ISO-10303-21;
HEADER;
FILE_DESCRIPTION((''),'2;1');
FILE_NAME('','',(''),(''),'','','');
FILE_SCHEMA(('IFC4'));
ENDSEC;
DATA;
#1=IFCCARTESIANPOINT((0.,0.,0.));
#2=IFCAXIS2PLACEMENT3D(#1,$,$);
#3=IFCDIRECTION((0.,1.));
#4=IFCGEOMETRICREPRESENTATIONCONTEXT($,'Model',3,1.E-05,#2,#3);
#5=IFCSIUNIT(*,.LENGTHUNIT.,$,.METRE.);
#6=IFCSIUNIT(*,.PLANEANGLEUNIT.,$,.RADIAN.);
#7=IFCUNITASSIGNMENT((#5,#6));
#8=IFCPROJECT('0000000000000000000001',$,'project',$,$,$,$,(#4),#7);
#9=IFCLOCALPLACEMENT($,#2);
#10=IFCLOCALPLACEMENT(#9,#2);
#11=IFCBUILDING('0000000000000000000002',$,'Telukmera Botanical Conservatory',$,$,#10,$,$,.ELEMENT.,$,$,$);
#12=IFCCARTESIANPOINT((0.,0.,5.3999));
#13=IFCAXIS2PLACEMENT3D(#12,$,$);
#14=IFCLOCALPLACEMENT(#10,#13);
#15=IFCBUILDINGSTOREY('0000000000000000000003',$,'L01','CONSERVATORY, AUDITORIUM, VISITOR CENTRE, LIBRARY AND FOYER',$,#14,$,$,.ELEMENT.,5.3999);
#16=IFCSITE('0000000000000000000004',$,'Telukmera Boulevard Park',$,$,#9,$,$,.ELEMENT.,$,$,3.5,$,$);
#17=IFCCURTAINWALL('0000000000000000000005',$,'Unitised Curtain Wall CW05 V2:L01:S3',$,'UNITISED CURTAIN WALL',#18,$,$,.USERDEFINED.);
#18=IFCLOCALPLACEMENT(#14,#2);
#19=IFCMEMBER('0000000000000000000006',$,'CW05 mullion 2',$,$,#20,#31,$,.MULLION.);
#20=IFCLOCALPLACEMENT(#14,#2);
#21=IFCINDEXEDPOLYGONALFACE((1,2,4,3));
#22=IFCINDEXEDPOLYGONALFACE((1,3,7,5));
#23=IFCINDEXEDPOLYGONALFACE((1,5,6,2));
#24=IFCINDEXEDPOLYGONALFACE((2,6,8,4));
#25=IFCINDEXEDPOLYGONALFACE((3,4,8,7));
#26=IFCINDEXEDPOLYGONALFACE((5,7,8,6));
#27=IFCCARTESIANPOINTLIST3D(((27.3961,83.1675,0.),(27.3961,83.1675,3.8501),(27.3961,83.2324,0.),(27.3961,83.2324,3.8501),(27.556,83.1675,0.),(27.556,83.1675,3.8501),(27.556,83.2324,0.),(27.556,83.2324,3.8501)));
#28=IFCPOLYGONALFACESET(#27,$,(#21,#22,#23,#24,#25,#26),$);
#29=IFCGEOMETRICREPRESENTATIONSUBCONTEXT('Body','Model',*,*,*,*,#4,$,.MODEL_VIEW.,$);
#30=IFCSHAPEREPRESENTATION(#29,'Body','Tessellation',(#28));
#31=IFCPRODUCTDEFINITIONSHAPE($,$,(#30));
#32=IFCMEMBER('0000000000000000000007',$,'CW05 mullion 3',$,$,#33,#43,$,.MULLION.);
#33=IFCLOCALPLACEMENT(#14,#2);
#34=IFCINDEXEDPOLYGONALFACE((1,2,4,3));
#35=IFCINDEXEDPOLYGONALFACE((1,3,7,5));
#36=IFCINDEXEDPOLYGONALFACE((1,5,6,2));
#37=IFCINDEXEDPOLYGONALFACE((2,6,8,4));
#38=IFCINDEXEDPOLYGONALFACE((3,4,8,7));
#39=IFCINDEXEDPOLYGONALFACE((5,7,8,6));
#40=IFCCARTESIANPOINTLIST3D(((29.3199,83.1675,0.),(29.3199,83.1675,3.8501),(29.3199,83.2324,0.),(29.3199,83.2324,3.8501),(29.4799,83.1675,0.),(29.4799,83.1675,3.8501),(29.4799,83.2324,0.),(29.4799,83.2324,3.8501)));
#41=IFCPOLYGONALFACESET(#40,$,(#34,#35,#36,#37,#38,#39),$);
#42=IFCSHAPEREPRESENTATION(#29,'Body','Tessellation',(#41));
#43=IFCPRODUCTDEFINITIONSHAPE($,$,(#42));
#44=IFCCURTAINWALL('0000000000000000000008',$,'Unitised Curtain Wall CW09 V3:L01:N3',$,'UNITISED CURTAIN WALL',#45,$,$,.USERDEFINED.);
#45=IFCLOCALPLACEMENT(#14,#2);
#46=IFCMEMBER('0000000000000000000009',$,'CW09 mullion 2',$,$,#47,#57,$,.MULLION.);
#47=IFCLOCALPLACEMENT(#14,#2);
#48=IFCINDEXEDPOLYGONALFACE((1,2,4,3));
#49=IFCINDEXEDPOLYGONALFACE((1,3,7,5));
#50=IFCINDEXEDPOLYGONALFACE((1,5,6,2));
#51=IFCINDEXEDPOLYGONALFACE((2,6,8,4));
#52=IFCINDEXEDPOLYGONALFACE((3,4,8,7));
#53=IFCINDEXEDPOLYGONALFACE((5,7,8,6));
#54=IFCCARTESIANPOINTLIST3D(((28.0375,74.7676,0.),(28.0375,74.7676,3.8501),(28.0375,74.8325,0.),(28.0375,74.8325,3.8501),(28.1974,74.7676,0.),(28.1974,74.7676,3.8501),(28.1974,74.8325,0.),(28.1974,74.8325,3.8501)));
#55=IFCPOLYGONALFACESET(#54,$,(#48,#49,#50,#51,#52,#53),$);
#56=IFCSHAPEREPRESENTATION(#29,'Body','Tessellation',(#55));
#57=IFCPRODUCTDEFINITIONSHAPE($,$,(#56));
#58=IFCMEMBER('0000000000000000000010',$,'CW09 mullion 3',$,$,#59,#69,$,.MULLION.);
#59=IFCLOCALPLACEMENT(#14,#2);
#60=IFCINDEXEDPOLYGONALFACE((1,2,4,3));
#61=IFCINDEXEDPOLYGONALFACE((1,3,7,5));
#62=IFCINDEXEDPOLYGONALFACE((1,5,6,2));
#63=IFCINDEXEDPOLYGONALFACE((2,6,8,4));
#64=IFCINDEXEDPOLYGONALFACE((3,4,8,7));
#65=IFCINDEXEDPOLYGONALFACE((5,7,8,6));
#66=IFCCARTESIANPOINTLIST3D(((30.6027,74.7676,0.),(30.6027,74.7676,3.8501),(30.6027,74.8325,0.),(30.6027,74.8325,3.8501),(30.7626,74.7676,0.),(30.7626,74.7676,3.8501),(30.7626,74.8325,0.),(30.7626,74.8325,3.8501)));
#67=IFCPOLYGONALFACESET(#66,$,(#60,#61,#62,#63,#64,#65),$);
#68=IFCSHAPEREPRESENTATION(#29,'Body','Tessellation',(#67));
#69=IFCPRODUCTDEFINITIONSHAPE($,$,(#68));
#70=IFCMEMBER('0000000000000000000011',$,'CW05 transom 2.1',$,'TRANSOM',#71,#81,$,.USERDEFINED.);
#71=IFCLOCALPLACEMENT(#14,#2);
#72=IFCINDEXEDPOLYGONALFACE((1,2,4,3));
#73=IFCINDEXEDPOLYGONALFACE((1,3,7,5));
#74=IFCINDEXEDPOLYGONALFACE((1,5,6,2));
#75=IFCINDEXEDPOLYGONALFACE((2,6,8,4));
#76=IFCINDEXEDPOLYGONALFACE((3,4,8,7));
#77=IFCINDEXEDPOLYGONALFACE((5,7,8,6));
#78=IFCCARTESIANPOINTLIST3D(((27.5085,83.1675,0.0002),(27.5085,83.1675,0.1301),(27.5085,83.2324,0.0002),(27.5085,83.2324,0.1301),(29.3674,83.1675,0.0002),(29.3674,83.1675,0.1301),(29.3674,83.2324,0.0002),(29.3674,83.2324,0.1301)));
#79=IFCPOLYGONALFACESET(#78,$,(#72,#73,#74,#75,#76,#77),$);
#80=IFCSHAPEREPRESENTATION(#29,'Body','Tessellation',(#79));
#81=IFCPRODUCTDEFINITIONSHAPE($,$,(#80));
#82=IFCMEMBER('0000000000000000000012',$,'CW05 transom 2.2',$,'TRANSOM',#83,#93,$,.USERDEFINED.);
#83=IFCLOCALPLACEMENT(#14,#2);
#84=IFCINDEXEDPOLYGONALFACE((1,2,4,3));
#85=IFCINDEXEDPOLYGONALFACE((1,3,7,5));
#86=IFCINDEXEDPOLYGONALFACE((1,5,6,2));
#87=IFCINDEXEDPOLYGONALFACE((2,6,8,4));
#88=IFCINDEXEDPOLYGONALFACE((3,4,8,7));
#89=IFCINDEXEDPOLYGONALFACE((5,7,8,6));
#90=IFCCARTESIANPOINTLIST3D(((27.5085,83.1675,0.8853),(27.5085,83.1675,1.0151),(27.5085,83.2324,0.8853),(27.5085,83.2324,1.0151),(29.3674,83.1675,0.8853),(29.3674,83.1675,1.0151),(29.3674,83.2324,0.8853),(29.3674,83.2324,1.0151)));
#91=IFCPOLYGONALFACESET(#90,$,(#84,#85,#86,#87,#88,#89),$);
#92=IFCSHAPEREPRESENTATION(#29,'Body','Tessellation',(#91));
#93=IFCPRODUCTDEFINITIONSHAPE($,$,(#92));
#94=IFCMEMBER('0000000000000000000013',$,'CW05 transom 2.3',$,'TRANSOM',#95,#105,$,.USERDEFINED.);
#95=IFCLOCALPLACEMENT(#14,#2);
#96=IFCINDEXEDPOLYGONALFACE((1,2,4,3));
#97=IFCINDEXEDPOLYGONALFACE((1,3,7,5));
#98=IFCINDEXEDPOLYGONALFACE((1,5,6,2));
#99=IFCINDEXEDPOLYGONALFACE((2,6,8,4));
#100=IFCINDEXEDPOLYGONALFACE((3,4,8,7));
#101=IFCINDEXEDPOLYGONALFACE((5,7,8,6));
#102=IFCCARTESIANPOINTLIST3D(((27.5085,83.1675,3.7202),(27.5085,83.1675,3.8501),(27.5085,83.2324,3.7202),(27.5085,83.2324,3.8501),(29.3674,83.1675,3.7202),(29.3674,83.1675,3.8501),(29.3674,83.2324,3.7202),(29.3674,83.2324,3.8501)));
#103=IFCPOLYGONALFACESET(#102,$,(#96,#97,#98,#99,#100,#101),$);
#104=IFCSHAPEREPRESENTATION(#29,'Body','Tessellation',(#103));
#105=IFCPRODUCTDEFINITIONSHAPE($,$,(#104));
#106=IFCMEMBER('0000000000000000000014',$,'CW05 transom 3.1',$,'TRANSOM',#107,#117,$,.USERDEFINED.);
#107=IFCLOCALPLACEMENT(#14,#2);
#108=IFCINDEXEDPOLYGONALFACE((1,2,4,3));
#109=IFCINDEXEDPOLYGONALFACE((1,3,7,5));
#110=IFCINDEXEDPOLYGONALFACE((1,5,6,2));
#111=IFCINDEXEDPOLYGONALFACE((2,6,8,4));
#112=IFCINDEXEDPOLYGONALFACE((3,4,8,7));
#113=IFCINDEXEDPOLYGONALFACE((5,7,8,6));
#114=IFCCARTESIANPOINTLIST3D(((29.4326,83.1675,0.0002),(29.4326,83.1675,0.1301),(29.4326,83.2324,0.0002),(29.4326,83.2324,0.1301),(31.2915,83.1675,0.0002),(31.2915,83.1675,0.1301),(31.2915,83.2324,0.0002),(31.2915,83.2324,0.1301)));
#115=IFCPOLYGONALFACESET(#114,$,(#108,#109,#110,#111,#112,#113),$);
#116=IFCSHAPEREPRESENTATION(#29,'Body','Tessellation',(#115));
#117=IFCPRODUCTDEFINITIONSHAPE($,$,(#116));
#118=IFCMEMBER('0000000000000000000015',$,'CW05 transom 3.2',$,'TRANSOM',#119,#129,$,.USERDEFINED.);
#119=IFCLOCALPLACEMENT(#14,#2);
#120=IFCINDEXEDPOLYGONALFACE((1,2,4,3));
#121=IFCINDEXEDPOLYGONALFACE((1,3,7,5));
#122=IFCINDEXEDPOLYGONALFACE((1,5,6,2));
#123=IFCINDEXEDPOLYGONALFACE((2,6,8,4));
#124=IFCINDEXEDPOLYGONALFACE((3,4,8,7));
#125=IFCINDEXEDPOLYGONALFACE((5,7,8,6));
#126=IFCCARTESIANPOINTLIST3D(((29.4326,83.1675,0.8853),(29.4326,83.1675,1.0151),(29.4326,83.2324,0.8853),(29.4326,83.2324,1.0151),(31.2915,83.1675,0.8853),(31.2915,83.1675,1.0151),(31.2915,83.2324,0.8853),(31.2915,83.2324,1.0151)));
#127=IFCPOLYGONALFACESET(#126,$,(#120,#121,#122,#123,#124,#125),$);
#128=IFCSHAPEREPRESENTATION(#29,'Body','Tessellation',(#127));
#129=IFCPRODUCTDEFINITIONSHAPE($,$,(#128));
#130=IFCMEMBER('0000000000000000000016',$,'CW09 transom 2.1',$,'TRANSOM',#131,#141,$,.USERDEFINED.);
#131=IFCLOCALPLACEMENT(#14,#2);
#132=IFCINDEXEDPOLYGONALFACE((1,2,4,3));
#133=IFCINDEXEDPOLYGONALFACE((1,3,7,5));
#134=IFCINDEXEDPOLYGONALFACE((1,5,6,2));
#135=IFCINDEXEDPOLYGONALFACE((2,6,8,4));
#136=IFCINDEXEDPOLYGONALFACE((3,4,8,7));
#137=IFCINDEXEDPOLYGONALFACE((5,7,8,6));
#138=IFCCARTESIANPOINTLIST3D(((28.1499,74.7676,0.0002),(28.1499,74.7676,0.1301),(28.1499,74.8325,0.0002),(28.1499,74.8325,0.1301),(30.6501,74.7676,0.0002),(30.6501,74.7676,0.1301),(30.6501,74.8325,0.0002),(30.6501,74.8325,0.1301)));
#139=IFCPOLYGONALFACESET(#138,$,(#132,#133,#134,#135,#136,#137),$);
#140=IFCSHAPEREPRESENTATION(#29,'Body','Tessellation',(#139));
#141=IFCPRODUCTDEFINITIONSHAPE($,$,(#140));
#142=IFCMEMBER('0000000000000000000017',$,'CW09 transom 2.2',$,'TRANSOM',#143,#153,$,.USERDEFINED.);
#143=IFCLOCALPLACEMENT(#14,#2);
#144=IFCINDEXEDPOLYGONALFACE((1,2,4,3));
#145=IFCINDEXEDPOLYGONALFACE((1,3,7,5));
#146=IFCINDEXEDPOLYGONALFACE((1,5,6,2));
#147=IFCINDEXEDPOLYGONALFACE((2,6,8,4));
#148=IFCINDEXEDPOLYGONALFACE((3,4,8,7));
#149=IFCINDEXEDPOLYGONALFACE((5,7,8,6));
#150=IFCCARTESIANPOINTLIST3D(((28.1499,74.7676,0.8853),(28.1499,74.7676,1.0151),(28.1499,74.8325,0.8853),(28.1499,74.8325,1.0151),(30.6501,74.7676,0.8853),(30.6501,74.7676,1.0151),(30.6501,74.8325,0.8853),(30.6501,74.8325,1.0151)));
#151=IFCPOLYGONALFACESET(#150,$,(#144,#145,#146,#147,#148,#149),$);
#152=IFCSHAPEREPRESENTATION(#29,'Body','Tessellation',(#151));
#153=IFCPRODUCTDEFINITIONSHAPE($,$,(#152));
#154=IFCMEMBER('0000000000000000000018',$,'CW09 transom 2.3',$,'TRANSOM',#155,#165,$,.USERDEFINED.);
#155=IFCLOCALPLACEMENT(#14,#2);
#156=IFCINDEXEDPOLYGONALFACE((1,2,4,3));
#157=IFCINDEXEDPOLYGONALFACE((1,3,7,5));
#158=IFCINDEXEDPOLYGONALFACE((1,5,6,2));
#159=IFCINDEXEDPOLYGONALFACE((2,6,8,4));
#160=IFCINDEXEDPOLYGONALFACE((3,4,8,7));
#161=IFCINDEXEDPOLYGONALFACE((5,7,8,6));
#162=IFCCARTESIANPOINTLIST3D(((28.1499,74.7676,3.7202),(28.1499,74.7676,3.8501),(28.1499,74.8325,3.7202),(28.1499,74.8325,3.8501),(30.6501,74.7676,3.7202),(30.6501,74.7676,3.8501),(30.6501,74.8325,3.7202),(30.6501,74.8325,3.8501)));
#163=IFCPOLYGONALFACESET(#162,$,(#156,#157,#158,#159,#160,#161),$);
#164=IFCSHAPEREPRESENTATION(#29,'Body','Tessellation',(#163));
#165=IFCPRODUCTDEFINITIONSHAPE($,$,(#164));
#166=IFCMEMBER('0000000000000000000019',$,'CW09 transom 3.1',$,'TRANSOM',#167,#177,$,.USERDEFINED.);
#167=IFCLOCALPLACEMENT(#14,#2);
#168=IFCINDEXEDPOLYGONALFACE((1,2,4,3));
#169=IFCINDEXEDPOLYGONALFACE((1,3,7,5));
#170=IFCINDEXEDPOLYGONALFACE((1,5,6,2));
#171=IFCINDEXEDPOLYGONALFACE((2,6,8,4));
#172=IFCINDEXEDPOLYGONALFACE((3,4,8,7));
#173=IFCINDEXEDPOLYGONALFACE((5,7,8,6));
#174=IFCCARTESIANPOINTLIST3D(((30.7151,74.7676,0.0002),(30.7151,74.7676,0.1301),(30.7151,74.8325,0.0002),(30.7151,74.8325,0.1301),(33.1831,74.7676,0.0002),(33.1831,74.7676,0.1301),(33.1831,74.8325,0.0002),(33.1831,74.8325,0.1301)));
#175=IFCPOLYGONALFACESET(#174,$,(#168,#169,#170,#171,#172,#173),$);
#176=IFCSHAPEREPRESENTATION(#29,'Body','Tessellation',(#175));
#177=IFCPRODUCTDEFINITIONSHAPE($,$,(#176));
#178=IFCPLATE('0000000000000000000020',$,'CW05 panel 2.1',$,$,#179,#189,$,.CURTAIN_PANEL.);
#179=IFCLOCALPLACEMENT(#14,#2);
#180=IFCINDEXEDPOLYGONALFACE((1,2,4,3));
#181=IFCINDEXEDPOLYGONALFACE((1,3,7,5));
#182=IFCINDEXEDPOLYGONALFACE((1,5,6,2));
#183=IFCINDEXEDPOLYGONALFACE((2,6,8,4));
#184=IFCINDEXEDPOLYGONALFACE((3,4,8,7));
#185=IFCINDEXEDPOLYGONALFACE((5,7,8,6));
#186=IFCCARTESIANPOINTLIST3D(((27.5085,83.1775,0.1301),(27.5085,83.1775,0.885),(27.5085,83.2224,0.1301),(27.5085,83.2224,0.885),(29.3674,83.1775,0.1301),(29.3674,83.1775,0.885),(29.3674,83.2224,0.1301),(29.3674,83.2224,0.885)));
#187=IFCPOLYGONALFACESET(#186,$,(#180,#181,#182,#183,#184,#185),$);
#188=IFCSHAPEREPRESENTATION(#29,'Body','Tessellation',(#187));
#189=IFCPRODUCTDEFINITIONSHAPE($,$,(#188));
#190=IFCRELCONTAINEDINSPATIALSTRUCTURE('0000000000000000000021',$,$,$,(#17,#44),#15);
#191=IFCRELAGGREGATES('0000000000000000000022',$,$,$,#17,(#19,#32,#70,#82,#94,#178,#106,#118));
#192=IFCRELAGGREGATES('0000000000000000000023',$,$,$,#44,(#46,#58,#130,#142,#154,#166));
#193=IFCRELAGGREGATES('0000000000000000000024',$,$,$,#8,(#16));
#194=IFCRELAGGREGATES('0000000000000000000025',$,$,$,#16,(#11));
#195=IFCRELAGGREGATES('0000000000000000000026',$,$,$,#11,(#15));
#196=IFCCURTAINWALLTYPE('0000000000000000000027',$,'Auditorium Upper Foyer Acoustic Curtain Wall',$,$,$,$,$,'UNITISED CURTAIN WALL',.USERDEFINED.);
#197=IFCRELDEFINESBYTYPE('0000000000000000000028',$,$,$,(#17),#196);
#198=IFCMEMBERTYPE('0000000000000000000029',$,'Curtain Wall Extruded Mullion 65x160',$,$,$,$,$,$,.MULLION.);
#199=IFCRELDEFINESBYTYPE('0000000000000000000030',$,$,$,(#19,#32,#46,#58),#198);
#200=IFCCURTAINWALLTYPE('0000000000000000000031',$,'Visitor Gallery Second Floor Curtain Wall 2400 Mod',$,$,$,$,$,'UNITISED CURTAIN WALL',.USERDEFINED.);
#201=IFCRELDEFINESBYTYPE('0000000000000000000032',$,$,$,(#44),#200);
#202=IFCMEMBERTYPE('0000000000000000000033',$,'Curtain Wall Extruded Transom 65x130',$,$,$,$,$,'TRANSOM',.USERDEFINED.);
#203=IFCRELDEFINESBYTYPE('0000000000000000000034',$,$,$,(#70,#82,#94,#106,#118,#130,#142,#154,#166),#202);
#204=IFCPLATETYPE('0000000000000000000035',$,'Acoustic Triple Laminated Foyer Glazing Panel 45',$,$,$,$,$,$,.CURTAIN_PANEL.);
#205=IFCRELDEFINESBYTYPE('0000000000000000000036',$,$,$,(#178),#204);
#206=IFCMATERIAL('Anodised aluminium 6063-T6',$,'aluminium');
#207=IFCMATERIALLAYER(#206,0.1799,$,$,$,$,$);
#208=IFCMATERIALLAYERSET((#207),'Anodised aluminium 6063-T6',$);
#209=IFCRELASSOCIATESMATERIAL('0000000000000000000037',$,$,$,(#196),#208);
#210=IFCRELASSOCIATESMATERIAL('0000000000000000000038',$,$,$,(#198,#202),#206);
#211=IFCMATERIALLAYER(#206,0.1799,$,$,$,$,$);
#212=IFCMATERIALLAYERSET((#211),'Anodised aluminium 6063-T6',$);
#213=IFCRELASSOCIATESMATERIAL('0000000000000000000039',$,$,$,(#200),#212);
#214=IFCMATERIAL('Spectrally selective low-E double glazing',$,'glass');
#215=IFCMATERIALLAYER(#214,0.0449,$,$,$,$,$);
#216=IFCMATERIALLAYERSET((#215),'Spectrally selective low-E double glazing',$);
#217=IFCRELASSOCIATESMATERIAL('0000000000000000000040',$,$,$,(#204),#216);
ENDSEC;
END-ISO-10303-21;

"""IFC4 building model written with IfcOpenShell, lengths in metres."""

from ifc_helpers import new_model, si_unit, direction, frame, origin, origin_2d, place, context, subcontext, project, spatial, rectangle, extrude, material, layer, layer_set, material_profile, profile_set, type_object, element, aggregate, save


model = new_model("IFC4")

# Units and contexts
model_context = context("Model", 3, precision=1e-05, world=origin(), true_north=direction((0.0, 1.0)))
body_context = subcontext(model_context, "Body", "Model", "MODEL_VIEW")
ifc_project = project(units=[si_unit("LENGTHUNIT", "METRE"), si_unit("PLANEANGLEUNIT", "RADIAN")], contexts=[model_context])

# Site, building, storey
site_placement = place(None, origin())
site = spatial("IfcSite", under=ifc_project, at=site_placement, Name="Telukmera Boulevard Park", CompositionType="ELEMENT", RefElevation=3.5)
building_placement = place(site_placement, origin())
building = spatial("IfcBuilding", under=site, at=building_placement, Name="Telukmera Botanical Conservatory", CompositionType="ELEMENT")
storey_placement = place(building_placement, frame((0.0, 0.0, 5.3999)))
storey = spatial("IfcBuildingStorey", under=building, at=storey_placement, Name="L01", Description="CONSERVATORY, AUDITORIUM, VISITOR CENTRE, LIBRARY AND FOYER", CompositionType="ELEMENT", Elevation=5.3999)

# Curtain walls, members
ifc_material_1 = material(Name="Anodised aluminium 6063-T6", Category="aluminium")
ifc_layer_1 = layer(ifc_material_1, 0.1799)
ifc_layer_set_1 = layer_set([ifc_layer_1], Name="Anodised aluminium 6063-T6")
curtain_wall_type_1 = type_object("IfcCurtainWallType", Name="Auditorium Upper Foyer Acoustic Curtain Wall", ElementType="UNITISED CURTAIN WALL", PredefinedType="USERDEFINED", material=ifc_layer_set_1)
curtain_wall_1_placement = place(storey_placement, origin())
curtain_wall_1 = element("IfcCurtainWall", 1, at=curtain_wall_1_placement, inside=storey, type_object=curtain_wall_type_1, Name="Unitised Curtain Wall CW05 V2:L01:S3", ObjectType="UNITISED CURTAIN WALL", PredefinedType="USERDEFINED")
ifc_material_profile_1 = material_profile(ifc_material_1, rectangle(XDim=0.0649, YDim=0.1599, at=origin_2d()), Name="ALU MULL 65x160")
ifc_profile_set_1 = profile_set([ifc_material_profile_1], Name="Anodised aluminium 6063-T6")
member_type_1 = type_object("IfcMemberType", Name="Curtain Wall Extruded Mullion 65x160", PredefinedType="MULLION", material=ifc_profile_set_1)
member_1_placement = place(storey_placement, frame((27.4761, 83.2, 0.0), z_axis=(0.0, 0.0, 1.0), x_axis=(0.0, 1.0, 0.0)))
member_1 = element("IfcMember", 2, at=member_1_placement, type_object=member_type_1, Name="CW05 mullion 2", PredefinedType="MULLION", context=body_context, shape_type="SweptSolid", body=[
    extrude(rectangle(XDim=0.0649, YDim=0.1599, at=origin_2d()), origin(), (0.0, 0.0, 1.0), 3.8501),
])
member_2_placement = place(storey_placement, frame((29.3999, 83.2, 0.0), z_axis=(0.0, 0.0, 1.0), x_axis=(0.0, 1.0, 0.0)))
member_2 = element("IfcMember", 3, at=member_2_placement, type_object=member_type_1, Name="CW05 mullion 3", PredefinedType="MULLION", context=body_context, shape_type="SweptSolid", body=[
    extrude(rectangle(XDim=0.0649, YDim=0.1599, at=origin_2d()), origin(), (0.0, 0.0, 1.0), 3.8501),
])
ifc_layer_2 = layer(ifc_material_1, 0.1799)
ifc_layer_set_2 = layer_set([ifc_layer_2], Name="Anodised aluminium 6063-T6")
curtain_wall_type_2 = type_object("IfcCurtainWallType", Name="Visitor Gallery Second Floor Curtain Wall 2400 Mod", ElementType="UNITISED CURTAIN WALL", PredefinedType="USERDEFINED", material=ifc_layer_set_2)
curtain_wall_2_placement = place(storey_placement, origin())
curtain_wall_2 = element("IfcCurtainWall", 4, at=curtain_wall_2_placement, inside=storey, type_object=curtain_wall_type_2, Name="Unitised Curtain Wall CW09 V3:L01:N3", ObjectType="UNITISED CURTAIN WALL", PredefinedType="USERDEFINED")
member_3_placement = place(storey_placement, frame((28.1174, 74.8, 0.0), z_axis=(0.0, 0.0, 1.0), x_axis=(0.0, 1.0, 0.0)))
member_3 = element("IfcMember", 5, at=member_3_placement, type_object=member_type_1, Name="CW09 mullion 2", PredefinedType="MULLION", context=body_context, shape_type="SweptSolid", body=[
    extrude(rectangle(XDim=0.0649, YDim=0.1599, at=origin_2d()), origin(), (0.0, 0.0, 1.0), 3.8501),
])
member_4_placement = place(storey_placement, frame((30.6826, 74.8, 0.0), z_axis=(0.0, 0.0, 1.0), x_axis=(0.0, 1.0, 0.0)))
member_4 = element("IfcMember", 6, at=member_4_placement, type_object=member_type_1, Name="CW09 mullion 3", PredefinedType="MULLION", context=body_context, shape_type="SweptSolid", body=[
    extrude(rectangle(XDim=0.0649, YDim=0.1599, at=origin_2d()), origin(), (0.0, 0.0, 1.0), 3.8501),
])

# Members
ifc_material_profile_2 = material_profile(ifc_material_1, rectangle(XDim=0.0649, YDim=0.1299, at=origin_2d()), Name="ALU TRAN 65x130")
ifc_profile_set_2 = profile_set([ifc_material_profile_2], Name="Anodised aluminium 6063-T6")
member_type_2 = type_object("IfcMemberType", Name="Curtain Wall Extruded Transom 65x130", ElementType="TRANSOM", PredefinedType="USERDEFINED", material=ifc_profile_set_2)
member_5_placement = place(storey_placement, frame((27.5085, 83.2, 0.0652), z_axis=(1.0, 0.0, 0.0), x_axis=(0.0, 1.0, 0.0)))
member_5 = element("IfcMember", 7, at=member_5_placement, type_object=member_type_2, Name="CW05 transom 2.1", ObjectType="TRANSOM", PredefinedType="USERDEFINED", context=body_context, shape_type="SweptSolid", body=[
    extrude(rectangle(XDim=0.0649, YDim=0.1299, at=origin_2d()), origin(), (0.0, 0.0, 1.0), 1.8589),
])
member_6_placement = place(storey_placement, frame((27.5085, 83.2, 0.9502), z_axis=(1.0, 0.0, 0.0), x_axis=(0.0, 1.0, 0.0)))
member_6 = element("IfcMember", 8, at=member_6_placement, type_object=member_type_2, Name="CW05 transom 2.2", ObjectType="TRANSOM", PredefinedType="USERDEFINED", context=body_context, shape_type="SweptSolid", body=[
    extrude(rectangle(XDim=0.0649, YDim=0.1299, at=origin_2d()), origin(), (0.0, 0.0, 1.0), 1.8589),
])
member_7_placement = place(storey_placement, frame((27.5085, 83.2, 3.7852), z_axis=(1.0, 0.0, 0.0), x_axis=(0.0, 1.0, 0.0)))
member_7 = element("IfcMember", 9, at=member_7_placement, type_object=member_type_2, Name="CW05 transom 2.3", ObjectType="TRANSOM", PredefinedType="USERDEFINED", context=body_context, shape_type="SweptSolid", body=[
    extrude(rectangle(XDim=0.0649, YDim=0.1299, at=origin_2d()), origin(), (0.0, 0.0, 1.0), 1.8589),
])
member_8_placement = place(storey_placement, frame((29.4326, 83.2, 0.0652), z_axis=(1.0, 0.0, 0.0), x_axis=(0.0, 1.0, 0.0)))
member_8 = element("IfcMember", 10, at=member_8_placement, type_object=member_type_2, Name="CW05 transom 3.1", ObjectType="TRANSOM", PredefinedType="USERDEFINED", context=body_context, shape_type="SweptSolid", body=[
    extrude(rectangle(XDim=0.0649, YDim=0.1299, at=origin_2d()), origin(), (0.0, 0.0, 1.0), 1.8589),
])
member_9_placement = place(storey_placement, frame((29.4326, 83.2, 0.9502), z_axis=(1.0, 0.0, 0.0), x_axis=(0.0, 1.0, 0.0)))
member_9 = element("IfcMember", 11, at=member_9_placement, type_object=member_type_2, Name="CW05 transom 3.2", ObjectType="TRANSOM", PredefinedType="USERDEFINED", context=body_context, shape_type="SweptSolid", body=[
    extrude(rectangle(XDim=0.0649, YDim=0.1299, at=origin_2d()), origin(), (0.0, 0.0, 1.0), 1.8589),
])
member_10_placement = place(storey_placement, frame((28.1499, 74.8, 0.0652), z_axis=(1.0, 0.0, 0.0), x_axis=(0.0, 1.0, 0.0)))
member_10 = element("IfcMember", 12, at=member_10_placement, type_object=member_type_2, Name="CW09 transom 2.1", ObjectType="TRANSOM", PredefinedType="USERDEFINED", context=body_context, shape_type="SweptSolid", body=[
    extrude(rectangle(XDim=0.0649, YDim=0.1299, at=origin_2d()), origin(), (0.0, 0.0, 1.0), 2.5002),
])
member_11_placement = place(storey_placement, frame((28.1499, 74.8, 0.9502), z_axis=(1.0, 0.0, 0.0), x_axis=(0.0, 1.0, 0.0)))
member_11 = element("IfcMember", 13, at=member_11_placement, type_object=member_type_2, Name="CW09 transom 2.2", ObjectType="TRANSOM", PredefinedType="USERDEFINED", context=body_context, shape_type="SweptSolid", body=[
    extrude(rectangle(XDim=0.0649, YDim=0.1299, at=origin_2d()), origin(), (0.0, 0.0, 1.0), 2.5002),
])
member_12_placement = place(storey_placement, frame((28.1499, 74.8, 3.7852), z_axis=(1.0, 0.0, 0.0), x_axis=(0.0, 1.0, 0.0)))
member_12 = element("IfcMember", 14, at=member_12_placement, type_object=member_type_2, Name="CW09 transom 2.3", ObjectType="TRANSOM", PredefinedType="USERDEFINED", context=body_context, shape_type="SweptSolid", body=[
    extrude(rectangle(XDim=0.0649, YDim=0.1299, at=origin_2d()), origin(), (0.0, 0.0, 1.0), 2.5002),
])
member_13_placement = place(storey_placement, frame((30.7151, 74.8, 0.0652), z_axis=(1.0, 0.0, 0.0), x_axis=(0.0, 1.0, 0.0)))
member_13 = element("IfcMember", 15, at=member_13_placement, type_object=member_type_2, Name="CW09 transom 3.1", ObjectType="TRANSOM", PredefinedType="USERDEFINED", context=body_context, shape_type="SweptSolid", body=[
    extrude(rectangle(XDim=0.0649, YDim=0.1299, at=origin_2d()), origin(), (0.0, 0.0, 1.0), 2.468),
])

# Plate
ifc_material_2 = material(Name="Spectrally selective low-E double glazing", Category="glass")
ifc_layer_3 = layer(ifc_material_2, 0.0449)
ifc_layer_set_3 = layer_set([ifc_layer_3], Name="Spectrally selective low-E double glazing")
plate_type_1 = type_object("IfcPlateType", Name="Acoustic Triple Laminated Foyer Glazing Panel 45", PredefinedType="CURTAIN_PANEL", material=ifc_layer_set_3)
plate_1_placement = place(storey_placement, frame((28.438, 83.2, 0.1301), z_axis=(0.0, 0.0, 1.0), x_axis=(1.0, 0.0, 0.0)))
plate_1 = element("IfcPlate", 16, at=plate_1_placement, type_object=plate_type_1, Name="CW05 panel 2.1", PredefinedType="CURTAIN_PANEL", context=body_context, shape_type="SweptSolid", body=[
    extrude(rectangle(XDim=1.8589, YDim=0.0449, at=origin_2d()), origin(), (0.0, 0.0, 1.0), 0.7549),
])
aggregate(curtain_wall_1, [member_1, member_2, member_5, member_6, member_7, plate_1, member_8, member_9])
aggregate(curtain_wall_2, [member_3, member_4, member_10, member_11, member_12, member_13])

save(model, "model.ifc")
